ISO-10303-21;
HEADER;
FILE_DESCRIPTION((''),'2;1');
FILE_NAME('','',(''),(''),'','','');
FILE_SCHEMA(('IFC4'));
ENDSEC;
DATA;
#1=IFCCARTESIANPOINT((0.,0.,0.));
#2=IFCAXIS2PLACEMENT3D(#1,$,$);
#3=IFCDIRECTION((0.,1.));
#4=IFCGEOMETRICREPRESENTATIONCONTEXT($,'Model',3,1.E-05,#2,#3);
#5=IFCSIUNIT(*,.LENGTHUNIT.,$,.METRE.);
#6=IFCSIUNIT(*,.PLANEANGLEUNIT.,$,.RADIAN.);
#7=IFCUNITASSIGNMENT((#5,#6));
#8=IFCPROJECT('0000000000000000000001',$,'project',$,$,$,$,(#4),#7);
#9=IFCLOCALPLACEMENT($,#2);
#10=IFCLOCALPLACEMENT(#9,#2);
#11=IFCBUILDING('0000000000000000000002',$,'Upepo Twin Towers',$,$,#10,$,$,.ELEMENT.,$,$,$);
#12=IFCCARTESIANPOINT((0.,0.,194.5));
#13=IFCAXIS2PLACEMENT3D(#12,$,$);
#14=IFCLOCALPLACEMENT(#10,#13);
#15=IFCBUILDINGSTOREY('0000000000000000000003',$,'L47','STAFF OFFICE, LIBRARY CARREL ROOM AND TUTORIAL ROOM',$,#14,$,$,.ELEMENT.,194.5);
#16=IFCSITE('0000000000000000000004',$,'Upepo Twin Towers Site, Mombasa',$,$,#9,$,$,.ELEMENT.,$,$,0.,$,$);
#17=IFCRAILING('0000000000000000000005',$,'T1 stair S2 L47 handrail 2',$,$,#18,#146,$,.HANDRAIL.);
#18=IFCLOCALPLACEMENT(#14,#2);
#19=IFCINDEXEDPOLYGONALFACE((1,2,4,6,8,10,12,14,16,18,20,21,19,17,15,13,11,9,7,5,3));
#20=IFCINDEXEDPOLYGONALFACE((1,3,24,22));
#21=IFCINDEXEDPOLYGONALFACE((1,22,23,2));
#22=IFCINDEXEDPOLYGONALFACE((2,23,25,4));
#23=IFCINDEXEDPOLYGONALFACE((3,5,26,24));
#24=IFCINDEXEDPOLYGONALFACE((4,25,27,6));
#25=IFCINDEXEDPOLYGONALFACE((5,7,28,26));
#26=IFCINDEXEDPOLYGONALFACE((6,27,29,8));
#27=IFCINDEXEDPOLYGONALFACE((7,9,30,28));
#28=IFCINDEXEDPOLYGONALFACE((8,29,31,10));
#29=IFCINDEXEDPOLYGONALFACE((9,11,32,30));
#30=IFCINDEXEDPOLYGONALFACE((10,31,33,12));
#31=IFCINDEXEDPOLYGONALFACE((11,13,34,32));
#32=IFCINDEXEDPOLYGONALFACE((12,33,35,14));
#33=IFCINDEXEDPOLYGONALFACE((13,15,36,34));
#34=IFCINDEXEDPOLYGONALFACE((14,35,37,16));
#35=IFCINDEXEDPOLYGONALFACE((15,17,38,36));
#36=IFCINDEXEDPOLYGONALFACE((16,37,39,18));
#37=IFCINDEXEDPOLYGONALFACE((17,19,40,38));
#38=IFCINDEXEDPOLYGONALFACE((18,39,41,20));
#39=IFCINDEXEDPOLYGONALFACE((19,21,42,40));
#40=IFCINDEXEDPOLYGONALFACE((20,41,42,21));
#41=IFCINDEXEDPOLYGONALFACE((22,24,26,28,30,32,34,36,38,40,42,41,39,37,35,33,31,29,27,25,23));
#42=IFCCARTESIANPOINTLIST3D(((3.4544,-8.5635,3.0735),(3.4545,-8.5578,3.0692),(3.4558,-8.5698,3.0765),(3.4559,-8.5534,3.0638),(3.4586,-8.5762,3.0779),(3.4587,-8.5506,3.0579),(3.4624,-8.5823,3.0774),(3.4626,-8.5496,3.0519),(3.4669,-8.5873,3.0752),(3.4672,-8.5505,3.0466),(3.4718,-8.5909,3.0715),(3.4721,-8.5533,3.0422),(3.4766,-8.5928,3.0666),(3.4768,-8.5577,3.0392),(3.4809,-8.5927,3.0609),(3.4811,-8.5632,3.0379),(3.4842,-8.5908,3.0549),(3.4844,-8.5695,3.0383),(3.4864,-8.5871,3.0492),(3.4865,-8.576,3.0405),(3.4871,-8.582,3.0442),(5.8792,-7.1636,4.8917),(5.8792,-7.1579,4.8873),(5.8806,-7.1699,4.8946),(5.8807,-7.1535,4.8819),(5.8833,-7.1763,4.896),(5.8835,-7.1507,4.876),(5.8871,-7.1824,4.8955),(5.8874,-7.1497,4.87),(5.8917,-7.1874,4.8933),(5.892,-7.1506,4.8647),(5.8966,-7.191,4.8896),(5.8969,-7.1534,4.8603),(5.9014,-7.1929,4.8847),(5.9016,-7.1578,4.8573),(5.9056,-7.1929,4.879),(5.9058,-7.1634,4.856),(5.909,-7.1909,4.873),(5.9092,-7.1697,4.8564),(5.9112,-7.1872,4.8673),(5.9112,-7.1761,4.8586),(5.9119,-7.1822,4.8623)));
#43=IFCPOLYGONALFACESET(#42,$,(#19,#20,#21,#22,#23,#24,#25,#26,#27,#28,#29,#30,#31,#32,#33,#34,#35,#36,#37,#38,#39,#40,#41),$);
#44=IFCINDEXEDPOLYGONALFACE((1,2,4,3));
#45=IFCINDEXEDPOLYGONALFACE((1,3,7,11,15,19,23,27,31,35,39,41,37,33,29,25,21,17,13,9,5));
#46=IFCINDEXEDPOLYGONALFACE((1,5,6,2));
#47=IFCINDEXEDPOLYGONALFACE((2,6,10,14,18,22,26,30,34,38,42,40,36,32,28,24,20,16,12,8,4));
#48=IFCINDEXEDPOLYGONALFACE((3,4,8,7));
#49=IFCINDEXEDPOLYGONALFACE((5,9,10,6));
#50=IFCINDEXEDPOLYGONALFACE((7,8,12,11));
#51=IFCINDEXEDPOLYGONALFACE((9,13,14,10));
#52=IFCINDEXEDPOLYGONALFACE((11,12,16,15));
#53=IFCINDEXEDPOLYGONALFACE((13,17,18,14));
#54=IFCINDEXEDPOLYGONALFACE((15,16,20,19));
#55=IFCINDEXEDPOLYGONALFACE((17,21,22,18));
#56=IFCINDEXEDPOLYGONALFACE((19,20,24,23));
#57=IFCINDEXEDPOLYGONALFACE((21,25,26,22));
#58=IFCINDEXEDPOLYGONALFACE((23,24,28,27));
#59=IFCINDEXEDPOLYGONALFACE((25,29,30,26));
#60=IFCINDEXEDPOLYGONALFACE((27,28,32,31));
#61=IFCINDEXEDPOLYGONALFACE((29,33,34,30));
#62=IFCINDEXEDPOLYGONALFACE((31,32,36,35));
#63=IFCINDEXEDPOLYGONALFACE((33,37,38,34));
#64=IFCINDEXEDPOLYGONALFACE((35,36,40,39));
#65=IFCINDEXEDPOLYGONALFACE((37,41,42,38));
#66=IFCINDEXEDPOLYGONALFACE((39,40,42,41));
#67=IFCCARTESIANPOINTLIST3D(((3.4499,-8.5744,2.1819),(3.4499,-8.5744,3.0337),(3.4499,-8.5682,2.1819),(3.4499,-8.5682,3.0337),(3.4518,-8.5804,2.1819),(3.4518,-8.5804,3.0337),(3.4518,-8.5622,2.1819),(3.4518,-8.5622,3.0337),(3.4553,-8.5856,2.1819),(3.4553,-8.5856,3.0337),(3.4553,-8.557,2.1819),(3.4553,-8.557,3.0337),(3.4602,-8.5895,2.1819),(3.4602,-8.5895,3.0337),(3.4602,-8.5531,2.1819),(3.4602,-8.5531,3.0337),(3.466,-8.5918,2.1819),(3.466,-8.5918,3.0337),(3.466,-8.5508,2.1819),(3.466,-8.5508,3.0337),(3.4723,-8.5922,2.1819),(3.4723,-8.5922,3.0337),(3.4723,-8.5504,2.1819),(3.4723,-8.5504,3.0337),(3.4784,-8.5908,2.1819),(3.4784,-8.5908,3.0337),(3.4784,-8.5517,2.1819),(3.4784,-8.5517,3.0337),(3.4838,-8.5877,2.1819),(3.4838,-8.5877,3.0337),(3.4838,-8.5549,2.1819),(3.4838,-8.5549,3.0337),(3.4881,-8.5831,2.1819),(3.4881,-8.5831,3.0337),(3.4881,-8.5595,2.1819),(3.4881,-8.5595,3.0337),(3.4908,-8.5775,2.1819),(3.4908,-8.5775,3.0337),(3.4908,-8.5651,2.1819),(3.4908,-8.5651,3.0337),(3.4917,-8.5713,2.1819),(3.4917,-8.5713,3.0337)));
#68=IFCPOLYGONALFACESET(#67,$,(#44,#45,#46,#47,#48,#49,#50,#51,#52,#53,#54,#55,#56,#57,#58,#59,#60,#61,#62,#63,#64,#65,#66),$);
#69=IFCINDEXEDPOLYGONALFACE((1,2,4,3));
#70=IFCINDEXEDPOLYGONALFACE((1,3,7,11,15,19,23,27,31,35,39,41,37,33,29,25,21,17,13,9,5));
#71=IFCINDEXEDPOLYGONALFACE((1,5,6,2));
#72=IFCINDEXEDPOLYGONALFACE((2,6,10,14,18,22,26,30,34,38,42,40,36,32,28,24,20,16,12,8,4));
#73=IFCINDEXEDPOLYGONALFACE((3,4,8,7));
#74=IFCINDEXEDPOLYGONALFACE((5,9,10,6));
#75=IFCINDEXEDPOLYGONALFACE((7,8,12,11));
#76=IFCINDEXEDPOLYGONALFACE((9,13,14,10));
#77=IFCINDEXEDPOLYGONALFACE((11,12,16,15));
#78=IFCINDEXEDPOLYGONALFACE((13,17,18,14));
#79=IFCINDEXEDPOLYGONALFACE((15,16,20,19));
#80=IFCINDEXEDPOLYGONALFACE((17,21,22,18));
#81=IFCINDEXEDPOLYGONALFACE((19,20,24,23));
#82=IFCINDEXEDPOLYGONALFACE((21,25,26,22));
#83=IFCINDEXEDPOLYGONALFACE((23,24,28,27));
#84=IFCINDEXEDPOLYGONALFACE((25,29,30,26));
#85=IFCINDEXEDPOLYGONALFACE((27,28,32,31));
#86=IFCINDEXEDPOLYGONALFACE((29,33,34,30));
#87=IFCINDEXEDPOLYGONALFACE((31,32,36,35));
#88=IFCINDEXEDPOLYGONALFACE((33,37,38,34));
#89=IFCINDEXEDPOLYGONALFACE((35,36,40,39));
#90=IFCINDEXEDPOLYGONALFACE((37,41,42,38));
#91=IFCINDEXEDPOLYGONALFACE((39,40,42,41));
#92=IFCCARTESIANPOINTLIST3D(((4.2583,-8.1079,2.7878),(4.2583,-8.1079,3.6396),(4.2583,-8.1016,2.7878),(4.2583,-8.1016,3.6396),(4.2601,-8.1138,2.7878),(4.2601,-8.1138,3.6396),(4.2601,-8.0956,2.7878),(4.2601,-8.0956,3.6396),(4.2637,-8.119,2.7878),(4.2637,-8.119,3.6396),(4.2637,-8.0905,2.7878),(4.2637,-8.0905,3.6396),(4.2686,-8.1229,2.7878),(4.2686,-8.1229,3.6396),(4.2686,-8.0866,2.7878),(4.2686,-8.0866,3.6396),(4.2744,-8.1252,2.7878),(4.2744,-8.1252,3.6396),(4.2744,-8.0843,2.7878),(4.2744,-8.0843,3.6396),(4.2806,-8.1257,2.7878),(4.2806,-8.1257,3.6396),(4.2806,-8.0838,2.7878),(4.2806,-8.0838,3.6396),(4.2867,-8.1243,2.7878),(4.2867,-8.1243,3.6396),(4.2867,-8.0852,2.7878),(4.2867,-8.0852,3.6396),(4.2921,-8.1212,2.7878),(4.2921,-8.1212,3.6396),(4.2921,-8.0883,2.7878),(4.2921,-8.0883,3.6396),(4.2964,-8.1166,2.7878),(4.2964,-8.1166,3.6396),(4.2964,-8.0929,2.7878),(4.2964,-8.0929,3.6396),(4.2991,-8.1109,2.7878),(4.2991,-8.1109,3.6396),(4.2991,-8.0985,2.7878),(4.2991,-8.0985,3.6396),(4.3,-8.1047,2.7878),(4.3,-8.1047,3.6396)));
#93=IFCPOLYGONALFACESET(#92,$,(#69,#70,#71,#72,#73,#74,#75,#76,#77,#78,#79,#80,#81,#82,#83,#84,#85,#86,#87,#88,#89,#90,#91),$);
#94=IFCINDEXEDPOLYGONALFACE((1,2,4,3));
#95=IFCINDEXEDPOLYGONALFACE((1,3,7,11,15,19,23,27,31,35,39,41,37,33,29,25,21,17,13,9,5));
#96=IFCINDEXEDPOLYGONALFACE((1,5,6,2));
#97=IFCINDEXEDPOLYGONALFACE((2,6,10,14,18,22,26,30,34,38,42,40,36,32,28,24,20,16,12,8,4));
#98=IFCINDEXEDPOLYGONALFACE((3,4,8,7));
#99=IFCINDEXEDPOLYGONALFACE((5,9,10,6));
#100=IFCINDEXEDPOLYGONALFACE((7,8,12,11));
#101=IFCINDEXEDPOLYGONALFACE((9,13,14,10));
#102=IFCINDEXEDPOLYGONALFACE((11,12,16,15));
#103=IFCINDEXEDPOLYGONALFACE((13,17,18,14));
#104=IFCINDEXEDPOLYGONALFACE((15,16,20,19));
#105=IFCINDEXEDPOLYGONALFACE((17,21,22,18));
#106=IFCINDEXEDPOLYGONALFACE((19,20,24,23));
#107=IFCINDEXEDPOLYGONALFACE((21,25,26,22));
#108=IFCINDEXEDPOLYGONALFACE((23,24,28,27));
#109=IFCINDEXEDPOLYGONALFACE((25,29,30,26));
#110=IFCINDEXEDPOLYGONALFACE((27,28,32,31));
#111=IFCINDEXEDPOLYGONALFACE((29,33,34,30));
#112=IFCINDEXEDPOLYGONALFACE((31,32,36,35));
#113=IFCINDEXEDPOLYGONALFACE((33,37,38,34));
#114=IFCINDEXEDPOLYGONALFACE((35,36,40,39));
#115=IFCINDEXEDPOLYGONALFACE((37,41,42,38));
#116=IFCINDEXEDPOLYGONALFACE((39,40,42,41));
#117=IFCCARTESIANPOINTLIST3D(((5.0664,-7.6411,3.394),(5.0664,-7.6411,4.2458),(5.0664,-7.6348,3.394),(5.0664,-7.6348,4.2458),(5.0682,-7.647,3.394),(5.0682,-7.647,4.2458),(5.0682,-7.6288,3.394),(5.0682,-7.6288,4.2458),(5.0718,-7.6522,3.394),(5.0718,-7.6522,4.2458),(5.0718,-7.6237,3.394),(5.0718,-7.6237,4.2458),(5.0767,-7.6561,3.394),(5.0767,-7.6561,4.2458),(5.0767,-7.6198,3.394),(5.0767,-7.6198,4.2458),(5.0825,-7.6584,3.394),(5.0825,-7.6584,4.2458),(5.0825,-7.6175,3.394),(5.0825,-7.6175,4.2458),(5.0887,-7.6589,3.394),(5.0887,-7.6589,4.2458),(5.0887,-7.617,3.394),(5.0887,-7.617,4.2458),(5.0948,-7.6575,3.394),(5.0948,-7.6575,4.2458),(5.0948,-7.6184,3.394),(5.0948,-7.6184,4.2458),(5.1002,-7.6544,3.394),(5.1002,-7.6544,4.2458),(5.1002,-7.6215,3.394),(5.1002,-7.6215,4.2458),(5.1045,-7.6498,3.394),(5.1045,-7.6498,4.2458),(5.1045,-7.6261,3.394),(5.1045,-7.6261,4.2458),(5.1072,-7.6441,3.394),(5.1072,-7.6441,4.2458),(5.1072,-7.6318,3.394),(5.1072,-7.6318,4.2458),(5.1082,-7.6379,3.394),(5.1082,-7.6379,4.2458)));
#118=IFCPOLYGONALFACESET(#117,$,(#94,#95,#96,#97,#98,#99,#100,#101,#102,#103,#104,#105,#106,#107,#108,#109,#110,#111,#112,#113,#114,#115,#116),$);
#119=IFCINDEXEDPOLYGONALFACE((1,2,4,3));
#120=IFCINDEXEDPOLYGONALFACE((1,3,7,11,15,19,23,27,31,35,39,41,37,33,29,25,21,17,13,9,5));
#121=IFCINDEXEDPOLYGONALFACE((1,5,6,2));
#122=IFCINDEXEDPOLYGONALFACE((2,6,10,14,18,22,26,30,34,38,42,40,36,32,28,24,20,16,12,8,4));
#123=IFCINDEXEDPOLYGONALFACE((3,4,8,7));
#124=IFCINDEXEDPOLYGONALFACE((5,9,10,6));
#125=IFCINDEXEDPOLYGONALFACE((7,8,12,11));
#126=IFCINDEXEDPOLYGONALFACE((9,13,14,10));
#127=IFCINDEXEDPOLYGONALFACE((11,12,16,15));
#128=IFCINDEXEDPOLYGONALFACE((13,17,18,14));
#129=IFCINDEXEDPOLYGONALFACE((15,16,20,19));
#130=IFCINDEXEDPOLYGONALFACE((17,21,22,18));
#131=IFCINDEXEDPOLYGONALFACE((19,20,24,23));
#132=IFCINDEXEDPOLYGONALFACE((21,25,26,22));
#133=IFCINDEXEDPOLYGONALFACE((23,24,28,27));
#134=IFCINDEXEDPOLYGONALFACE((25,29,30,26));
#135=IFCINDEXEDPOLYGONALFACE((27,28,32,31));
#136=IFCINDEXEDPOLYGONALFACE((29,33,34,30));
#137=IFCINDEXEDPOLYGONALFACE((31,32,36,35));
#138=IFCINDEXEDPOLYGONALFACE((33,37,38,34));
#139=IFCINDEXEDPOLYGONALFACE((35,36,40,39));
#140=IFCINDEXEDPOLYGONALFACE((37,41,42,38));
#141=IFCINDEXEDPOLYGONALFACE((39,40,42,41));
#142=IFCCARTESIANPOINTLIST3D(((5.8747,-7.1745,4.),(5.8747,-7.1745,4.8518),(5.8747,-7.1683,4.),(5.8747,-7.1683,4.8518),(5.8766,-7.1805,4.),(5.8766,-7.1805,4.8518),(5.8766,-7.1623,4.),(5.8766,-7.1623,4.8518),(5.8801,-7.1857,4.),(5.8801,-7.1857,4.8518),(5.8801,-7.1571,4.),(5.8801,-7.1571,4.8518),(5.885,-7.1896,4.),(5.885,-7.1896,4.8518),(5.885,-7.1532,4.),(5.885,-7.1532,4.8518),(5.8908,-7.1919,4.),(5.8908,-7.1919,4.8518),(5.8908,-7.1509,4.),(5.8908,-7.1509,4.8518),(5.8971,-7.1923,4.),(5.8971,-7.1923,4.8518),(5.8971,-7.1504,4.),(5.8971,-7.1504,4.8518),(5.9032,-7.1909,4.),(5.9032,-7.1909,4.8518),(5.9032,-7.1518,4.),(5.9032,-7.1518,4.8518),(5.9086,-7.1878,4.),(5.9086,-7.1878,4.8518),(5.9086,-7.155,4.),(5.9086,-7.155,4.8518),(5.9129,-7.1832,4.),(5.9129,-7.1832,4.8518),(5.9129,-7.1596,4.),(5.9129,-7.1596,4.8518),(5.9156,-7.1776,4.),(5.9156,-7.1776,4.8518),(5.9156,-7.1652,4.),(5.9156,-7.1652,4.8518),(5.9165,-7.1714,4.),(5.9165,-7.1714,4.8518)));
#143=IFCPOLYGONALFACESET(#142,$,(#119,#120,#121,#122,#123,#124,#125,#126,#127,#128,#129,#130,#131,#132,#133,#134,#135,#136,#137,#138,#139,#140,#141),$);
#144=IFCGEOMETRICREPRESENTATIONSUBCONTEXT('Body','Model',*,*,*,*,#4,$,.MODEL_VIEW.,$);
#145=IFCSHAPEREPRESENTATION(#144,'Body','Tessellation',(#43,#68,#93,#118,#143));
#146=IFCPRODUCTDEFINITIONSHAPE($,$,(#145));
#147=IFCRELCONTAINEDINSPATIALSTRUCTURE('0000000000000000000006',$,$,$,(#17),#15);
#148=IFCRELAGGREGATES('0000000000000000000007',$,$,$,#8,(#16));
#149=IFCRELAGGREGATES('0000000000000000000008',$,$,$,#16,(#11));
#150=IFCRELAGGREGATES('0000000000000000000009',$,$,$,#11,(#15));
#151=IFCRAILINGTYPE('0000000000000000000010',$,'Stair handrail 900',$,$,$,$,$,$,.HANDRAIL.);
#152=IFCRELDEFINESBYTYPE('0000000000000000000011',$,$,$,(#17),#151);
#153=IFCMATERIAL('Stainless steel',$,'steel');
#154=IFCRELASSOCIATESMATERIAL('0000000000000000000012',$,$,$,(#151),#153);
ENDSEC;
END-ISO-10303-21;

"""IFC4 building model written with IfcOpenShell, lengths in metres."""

from ifc_helpers import new_model, si_unit, direction, frame, origin, origin_2d, place, context, subcontext, project, spatial, circle, extrude, material, type_object, element, save


model = new_model("IFC4")

# Units and contexts
model_context = context("Model", 3, precision=1e-05, world=origin(), true_north=direction((0.0, 1.0)))
body_context = subcontext(model_context, "Body", "Model", "MODEL_VIEW")
ifc_project = project(units=[si_unit("LENGTHUNIT", "METRE"), si_unit("PLANEANGLEUNIT", "RADIAN")], contexts=[model_context])

# Site, building, storey
site_placement = place(None, origin())
site = spatial("IfcSite", under=ifc_project, at=site_placement, Name="Upepo Twin Towers Site, Mombasa", CompositionType="ELEMENT", RefElevation=0.0)
building_placement = place(site_placement, origin())
building = spatial("IfcBuilding", under=site, at=building_placement, Name="Upepo Twin Towers", CompositionType="ELEMENT")
storey_placement = place(building_placement, frame((0.0, 0.0, 194.5)))
storey = spatial("IfcBuildingStorey", under=building, at=storey_placement, Name="L47", Description="STAFF OFFICE, LIBRARY CARREL ROOM AND TUTORIAL ROOM", CompositionType="ELEMENT", Elevation=194.5)

# Railing
ifc_material_1 = material(Name="Stainless steel", Category="steel")
railing_type = type_object("IfcRailingType", Name="Stair handrail 900", PredefinedType="HANDRAIL", material=ifc_material_1)
railing_1_placement = place(storey_placement, frame((3.4707, -8.5713, 2.1819)))
element("IfcRailing", 1, at=railing_1_placement, inside=storey, type_object=railing_type, Name="T1 stair S2 L47 handrail 2", PredefinedType="HANDRAIL", context=body_context, shape_type="SweptSolid", body=[
    extrude(circle(Radius=0.0239, at=origin_2d()), frame((0.0, 0.0, 0.876), z_axis=(0.726336, 0.419333, 0.544606), x_axis=(-0.499984, 0.866035, 0.0)), (0.0, 0.0, 1.0), 3.3384),
    extrude(circle(Radius=0.021, at=origin_2d()), origin(), (0.0, 0.0, 1.0), 0.8518),
    extrude(circle(Radius=0.021, at=origin_2d()), frame((0.8083, 0.4666, 0.606)), (0.0, 0.0, 1.0), 0.8518),
    extrude(circle(Radius=0.021, at=origin_2d()), frame((1.6165, 0.9333, 1.2122)), (0.0, 0.0, 1.0), 0.8518),
    extrude(circle(Radius=0.021, at=origin_2d()), frame((2.4248, 1.3999, 1.8181)), (0.0, 0.0, 1.0), 0.8518),
])

save(model, "model.ifc")
